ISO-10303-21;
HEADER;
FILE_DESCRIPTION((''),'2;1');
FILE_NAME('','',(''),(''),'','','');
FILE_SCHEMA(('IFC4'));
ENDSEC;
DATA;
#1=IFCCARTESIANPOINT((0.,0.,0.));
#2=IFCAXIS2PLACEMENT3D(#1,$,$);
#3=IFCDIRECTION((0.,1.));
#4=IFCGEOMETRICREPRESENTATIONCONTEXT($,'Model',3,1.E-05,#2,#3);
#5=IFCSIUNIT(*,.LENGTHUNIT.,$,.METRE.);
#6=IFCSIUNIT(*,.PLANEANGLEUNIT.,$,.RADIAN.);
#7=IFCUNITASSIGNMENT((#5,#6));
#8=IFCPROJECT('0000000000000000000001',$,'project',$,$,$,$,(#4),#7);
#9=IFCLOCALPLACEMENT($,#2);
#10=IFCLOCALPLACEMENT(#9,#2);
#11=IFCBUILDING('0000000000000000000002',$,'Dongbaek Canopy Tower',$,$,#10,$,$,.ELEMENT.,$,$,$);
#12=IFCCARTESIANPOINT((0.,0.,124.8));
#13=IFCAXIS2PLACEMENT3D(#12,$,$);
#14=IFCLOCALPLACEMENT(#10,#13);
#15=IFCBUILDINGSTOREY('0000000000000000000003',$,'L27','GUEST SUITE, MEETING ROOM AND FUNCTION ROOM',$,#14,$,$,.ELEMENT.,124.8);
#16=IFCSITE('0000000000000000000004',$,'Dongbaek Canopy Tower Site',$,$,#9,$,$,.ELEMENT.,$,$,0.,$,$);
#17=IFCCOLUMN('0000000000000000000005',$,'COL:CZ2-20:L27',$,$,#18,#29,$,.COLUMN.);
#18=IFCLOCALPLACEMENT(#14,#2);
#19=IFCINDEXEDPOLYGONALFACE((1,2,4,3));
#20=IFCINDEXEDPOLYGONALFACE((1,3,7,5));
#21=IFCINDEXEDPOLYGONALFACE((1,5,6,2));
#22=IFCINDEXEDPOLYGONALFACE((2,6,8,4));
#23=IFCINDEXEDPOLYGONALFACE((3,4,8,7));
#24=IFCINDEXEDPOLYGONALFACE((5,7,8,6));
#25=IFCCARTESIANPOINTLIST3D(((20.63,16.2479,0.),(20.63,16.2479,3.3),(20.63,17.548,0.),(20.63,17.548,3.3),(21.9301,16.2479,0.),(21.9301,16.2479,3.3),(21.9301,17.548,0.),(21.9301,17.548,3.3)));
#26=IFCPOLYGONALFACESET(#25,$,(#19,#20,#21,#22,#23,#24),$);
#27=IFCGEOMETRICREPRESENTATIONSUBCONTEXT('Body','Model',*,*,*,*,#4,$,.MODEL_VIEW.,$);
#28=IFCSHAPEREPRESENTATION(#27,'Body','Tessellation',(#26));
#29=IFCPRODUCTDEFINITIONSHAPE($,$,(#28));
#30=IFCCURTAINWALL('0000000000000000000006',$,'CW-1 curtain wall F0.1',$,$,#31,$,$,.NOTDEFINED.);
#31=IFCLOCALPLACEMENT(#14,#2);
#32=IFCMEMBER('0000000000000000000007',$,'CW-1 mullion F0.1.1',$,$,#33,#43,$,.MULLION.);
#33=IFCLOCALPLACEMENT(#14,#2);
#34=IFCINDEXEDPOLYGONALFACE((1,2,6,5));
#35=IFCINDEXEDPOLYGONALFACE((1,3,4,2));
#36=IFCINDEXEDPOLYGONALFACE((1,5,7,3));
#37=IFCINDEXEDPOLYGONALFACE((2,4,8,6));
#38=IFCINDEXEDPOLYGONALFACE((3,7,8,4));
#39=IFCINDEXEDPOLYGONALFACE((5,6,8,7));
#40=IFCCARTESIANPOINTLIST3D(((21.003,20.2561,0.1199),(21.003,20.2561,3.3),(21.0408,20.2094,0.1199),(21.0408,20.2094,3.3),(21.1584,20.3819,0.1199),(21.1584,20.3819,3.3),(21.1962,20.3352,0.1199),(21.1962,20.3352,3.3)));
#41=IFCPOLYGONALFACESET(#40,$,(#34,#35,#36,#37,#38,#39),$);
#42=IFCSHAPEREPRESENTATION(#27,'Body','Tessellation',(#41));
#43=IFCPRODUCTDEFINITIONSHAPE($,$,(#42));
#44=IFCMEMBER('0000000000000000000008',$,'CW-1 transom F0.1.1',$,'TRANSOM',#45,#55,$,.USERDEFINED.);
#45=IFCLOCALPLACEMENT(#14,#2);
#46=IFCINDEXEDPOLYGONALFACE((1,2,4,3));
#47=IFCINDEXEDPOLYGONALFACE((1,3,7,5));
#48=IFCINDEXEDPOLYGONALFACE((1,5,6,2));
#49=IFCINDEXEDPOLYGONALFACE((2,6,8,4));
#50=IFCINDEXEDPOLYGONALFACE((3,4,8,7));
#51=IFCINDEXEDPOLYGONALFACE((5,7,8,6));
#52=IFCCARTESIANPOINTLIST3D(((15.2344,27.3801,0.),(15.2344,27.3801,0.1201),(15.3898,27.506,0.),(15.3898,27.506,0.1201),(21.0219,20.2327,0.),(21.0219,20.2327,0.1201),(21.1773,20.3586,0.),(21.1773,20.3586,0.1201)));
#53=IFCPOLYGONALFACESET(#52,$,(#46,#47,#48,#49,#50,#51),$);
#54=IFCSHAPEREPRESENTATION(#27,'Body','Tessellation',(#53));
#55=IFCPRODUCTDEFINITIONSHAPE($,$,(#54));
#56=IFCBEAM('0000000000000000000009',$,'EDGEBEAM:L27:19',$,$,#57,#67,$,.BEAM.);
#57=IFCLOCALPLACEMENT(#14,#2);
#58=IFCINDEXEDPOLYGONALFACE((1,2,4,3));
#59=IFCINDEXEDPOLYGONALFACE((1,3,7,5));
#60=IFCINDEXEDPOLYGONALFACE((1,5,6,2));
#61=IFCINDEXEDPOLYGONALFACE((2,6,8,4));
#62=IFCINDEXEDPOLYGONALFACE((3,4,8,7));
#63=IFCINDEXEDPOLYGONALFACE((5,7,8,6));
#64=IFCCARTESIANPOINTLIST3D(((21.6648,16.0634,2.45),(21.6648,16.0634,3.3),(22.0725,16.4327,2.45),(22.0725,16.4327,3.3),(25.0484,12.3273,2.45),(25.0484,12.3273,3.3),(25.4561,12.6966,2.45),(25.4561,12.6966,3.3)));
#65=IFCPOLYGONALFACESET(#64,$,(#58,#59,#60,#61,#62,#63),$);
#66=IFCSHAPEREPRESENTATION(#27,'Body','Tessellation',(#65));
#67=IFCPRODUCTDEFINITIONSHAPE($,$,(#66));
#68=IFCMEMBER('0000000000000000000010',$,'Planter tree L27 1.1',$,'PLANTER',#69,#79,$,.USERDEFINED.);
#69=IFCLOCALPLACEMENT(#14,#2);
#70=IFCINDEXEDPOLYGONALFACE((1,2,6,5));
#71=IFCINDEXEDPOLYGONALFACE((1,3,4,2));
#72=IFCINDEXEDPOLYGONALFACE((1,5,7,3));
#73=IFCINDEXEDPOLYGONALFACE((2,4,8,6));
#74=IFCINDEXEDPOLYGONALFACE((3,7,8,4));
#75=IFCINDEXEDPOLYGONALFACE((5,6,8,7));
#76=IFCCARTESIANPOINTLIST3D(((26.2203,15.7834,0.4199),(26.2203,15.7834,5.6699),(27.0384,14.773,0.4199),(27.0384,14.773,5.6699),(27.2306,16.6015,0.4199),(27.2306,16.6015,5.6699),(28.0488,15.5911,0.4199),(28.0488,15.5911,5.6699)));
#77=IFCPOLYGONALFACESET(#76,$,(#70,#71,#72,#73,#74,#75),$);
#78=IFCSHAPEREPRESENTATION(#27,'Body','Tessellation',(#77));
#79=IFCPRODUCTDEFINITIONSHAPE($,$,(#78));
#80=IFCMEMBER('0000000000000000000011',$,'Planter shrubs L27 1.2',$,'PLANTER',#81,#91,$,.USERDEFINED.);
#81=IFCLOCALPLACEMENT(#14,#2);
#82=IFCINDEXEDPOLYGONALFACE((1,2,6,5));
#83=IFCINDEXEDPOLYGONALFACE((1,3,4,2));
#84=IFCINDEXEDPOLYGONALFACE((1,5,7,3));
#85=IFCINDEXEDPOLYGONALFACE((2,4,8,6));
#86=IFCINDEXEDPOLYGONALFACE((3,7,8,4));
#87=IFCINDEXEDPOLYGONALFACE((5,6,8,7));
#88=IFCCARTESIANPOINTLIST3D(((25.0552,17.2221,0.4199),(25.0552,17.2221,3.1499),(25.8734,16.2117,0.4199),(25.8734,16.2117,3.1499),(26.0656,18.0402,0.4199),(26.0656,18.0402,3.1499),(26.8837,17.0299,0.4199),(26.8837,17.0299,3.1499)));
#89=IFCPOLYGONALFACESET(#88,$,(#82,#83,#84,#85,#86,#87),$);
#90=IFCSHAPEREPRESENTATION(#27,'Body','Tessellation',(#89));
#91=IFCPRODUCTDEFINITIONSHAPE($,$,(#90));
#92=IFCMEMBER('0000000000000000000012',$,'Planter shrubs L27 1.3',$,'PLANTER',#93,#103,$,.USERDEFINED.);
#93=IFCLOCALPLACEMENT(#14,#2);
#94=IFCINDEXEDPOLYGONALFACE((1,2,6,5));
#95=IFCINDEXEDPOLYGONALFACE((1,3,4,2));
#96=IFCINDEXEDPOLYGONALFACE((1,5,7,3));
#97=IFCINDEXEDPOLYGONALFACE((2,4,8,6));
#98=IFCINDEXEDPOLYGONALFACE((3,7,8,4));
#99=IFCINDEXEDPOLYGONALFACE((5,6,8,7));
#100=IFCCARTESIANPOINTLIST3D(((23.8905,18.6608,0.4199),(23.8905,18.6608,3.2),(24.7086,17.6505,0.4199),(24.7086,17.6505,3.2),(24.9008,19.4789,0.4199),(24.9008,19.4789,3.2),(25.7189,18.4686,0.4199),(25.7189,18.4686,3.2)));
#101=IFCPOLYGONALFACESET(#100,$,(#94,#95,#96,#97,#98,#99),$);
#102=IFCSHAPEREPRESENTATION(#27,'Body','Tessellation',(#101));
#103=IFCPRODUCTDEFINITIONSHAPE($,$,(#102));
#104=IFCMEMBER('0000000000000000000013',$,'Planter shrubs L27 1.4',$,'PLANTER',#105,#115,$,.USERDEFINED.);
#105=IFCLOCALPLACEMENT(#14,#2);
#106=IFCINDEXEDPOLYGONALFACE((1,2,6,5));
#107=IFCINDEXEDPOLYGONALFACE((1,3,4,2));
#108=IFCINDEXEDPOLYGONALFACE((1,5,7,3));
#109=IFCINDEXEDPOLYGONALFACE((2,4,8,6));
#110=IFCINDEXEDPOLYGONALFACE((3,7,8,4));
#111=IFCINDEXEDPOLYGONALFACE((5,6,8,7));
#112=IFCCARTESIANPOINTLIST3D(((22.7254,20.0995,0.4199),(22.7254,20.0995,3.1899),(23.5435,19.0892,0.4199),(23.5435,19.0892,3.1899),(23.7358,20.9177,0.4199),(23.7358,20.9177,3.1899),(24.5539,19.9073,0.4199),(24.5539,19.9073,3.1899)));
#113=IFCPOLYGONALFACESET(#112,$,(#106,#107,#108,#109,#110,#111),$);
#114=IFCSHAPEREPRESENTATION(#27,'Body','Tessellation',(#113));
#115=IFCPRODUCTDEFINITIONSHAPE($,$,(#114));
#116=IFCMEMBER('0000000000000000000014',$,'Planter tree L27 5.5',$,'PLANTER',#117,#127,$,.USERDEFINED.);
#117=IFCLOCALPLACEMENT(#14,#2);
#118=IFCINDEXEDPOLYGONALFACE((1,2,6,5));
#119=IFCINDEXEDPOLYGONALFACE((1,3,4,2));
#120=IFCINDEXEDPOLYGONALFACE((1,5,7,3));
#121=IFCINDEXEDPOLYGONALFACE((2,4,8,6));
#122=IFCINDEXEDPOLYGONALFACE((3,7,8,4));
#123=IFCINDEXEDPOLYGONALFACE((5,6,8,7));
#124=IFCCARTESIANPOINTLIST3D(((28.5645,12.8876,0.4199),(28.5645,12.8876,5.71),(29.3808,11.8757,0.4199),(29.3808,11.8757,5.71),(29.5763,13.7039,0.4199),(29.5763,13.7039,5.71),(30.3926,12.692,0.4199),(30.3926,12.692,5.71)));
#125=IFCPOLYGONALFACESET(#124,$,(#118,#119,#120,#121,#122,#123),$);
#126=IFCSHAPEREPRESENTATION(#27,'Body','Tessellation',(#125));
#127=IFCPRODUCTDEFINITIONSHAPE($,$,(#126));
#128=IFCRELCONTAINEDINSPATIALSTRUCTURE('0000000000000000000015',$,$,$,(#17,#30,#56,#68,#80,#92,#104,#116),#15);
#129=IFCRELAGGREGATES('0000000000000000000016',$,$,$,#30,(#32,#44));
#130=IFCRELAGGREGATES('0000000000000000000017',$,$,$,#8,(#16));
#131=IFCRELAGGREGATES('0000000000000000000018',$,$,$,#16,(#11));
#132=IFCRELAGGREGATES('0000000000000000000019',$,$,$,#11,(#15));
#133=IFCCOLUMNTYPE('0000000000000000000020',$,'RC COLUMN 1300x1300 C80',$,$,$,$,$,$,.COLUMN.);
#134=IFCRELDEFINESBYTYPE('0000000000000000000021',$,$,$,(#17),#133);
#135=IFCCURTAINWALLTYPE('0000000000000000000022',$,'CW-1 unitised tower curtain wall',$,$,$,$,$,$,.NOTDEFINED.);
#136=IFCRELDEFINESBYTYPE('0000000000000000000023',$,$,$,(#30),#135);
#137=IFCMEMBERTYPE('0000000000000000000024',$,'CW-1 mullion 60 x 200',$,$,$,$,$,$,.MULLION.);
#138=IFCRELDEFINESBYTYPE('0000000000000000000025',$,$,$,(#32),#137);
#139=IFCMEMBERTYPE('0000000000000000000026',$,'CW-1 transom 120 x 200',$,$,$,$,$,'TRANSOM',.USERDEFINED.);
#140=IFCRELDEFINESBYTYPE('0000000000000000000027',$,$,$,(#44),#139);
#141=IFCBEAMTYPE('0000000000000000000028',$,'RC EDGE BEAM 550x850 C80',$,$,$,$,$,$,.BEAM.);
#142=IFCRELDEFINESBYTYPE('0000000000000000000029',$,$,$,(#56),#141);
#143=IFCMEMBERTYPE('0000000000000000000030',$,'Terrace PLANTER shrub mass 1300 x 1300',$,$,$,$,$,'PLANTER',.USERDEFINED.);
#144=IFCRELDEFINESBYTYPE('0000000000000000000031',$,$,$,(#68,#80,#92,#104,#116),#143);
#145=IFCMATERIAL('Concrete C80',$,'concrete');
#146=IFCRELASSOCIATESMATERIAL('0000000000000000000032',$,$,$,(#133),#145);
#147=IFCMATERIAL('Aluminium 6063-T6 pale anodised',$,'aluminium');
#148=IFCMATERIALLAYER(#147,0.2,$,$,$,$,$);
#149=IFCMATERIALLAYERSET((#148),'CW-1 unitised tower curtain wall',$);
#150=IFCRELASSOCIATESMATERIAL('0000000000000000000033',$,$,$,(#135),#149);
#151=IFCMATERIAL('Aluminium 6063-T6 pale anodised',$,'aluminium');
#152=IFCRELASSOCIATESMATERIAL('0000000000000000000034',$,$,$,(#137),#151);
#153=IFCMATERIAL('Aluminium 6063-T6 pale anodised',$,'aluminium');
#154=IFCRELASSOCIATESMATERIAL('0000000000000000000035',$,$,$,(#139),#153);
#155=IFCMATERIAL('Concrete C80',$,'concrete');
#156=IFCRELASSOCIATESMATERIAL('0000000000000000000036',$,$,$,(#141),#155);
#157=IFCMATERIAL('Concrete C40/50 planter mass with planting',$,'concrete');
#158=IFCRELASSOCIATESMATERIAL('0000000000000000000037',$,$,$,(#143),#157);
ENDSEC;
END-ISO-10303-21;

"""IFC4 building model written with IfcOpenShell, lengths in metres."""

from ifc_helpers import new_model, si_unit, direction, frame, origin, origin_2d, place, context, subcontext, project, spatial, rectangle, extrude, material, layer, layer_set, material_profile, profile_set, type_object, element, aggregate, save


model = new_model("IFC4")

# Units and contexts
model_context = context("Model", 3, precision=1e-05, world=origin(), true_north=direction((0.0, 1.0)))
body_context = subcontext(model_context, "Body", "Model", "MODEL_VIEW")
ifc_project = project(units=[si_unit("LENGTHUNIT", "METRE"), si_unit("PLANEANGLEUNIT", "RADIAN")], contexts=[model_context])

# Site, building, storey
site_placement = place(None, origin())
site = spatial("IfcSite", under=ifc_project, at=site_placement, Name="Dongbaek Canopy Tower Site", CompositionType="ELEMENT", RefElevation=0.0)
building_placement = place(site_placement, origin())
building = spatial("IfcBuilding", under=site, at=building_placement, Name="Dongbaek Canopy Tower", CompositionType="ELEMENT")
storey_placement = place(building_placement, frame((0.0, 0.0, 124.8)))
storey = spatial("IfcBuildingStorey", under=building, at=storey_placement, Name="L27", Description="GUEST SUITE, MEETING ROOM AND FUNCTION ROOM", CompositionType="ELEMENT", Elevation=124.8)

# Column
ifc_material_1 = material(Name="Concrete C80", Category="concrete")
ifc_material_profile_1 = material_profile(ifc_material_1, rectangle(XDim=1.3, YDim=1.3, at=origin_2d()), Name="RC COLUMN 1300x1300 C80")
ifc_profile_set_1 = profile_set([ifc_material_profile_1], Name="Concrete C80")
column_type = type_object("IfcColumnType", Name="RC COLUMN 1300x1300 C80", PredefinedType="COLUMN", material=ifc_profile_set_1)
column_placement = place(storey_placement, frame((21.28, 16.8979, 0.0), z_axis=(0.0, 0.0, 1.0), x_axis=(1.0, 0.0, 0.0)))
element("IfcColumn", 1, at=column_placement, inside=storey, type_object=column_type, Name="COL:CZ2-20:L27", PredefinedType="COLUMN", context=body_context, shape_type="SweptSolid", body=[
    extrude(rectangle(XDim=1.3, YDim=1.3, at=origin_2d()), origin(), (0.0, 0.0, 1.0), 3.3),
])

# Curtain wall, members
ifc_material_2 = material(Name="Aluminium 6063-T6 pale anodised", Category="aluminium")
ifc_layer_1 = layer(ifc_material_2, 0.2)
ifc_layer_set_1 = layer_set([ifc_layer_1], Name="CW-1 unitised tower curtain wall")
curtain_wall_type = type_object("IfcCurtainWallType", Name="CW-1 unitised tower curtain wall", PredefinedType="NOTDEFINED", material=ifc_layer_set_1)
curtain_wall_placement = place(storey_placement, origin())
curtain_wall = element("IfcCurtainWall", 2, at=curtain_wall_placement, inside=storey, type_object=curtain_wall_type, Name="CW-1 curtain wall F0.1", PredefinedType="NOTDEFINED")
ifc_material_3 = material(Name="Aluminium 6063-T6 pale anodised", Category="aluminium")
ifc_material_profile_2 = material_profile(ifc_material_3, rectangle(XDim=0.2, YDim=0.0601, at=origin_2d()), Name="CW-1 mullion 60 x 200")
ifc_profile_set_2 = profile_set([ifc_material_profile_2], Name="Aluminium 6063-T6 pale anodised")
member_type_1 = type_object("IfcMemberType", Name="CW-1 mullion 60 x 200", PredefinedType="MULLION", material=ifc_profile_set_2)
member_1_placement = place(storey_placement, frame((21.0996, 20.2957, 0.1199), z_axis=(0.0, 0.0, 1.0), x_axis=(0.777161, 0.629302, 0.0)))
member_1 = element("IfcMember", 3, at=member_1_placement, type_object=member_type_1, Name="CW-1 mullion F0.1.1", PredefinedType="MULLION", context=body_context, shape_type="SweptSolid", body=[
    extrude(rectangle(XDim=0.2, YDim=0.0601, at=origin_2d()), origin(), (0.0, 0.0, 1.0), 3.1802),
])
ifc_material_4 = material(Name="Aluminium 6063-T6 pale anodised", Category="aluminium")
ifc_material_profile_3 = material_profile(ifc_material_4, rectangle(XDim=0.2, YDim=0.1201, at=origin_2d()), Name="CW-1 transom 120 x 200")
ifc_profile_set_3 = profile_set([ifc_material_profile_3], Name="Aluminium 6063-T6 pale anodised")
member_type_2 = type_object("IfcMemberType", Name="CW-1 transom 120 x 200", ElementType="TRANSOM", PredefinedType="USERDEFINED", material=ifc_profile_set_3)
member_2_placement = place(storey_placement, frame((21.0996, 20.2957, 0.0601), z_axis=(-0.629301, 0.777162, 0.0), x_axis=(-0.777162, -0.629301, 0.0)))
member_2 = element("IfcMember", 4, at=member_2_placement, type_object=member_type_2, Name="CW-1 transom F0.1.1", ObjectType="TRANSOM", PredefinedType="USERDEFINED", context=body_context, shape_type="SweptSolid", body=[
    extrude(rectangle(XDim=0.2, YDim=0.1201, at=origin_2d()), origin(), (0.0, 0.0, 1.0), 9.1968),
])
aggregate(curtain_wall, [member_1, member_2])

# Beam
ifc_material_5 = material(Name="Concrete C80", Category="concrete")
ifc_material_profile_4 = material_profile(ifc_material_5, rectangle(XDim=0.55, YDim=0.8501, at=origin_2d()), Name="RC EDGE BEAM 550x850 C80")
ifc_profile_set_4 = profile_set([ifc_material_profile_4], Name="Concrete C80")
beam_type = type_object("IfcBeamType", Name="RC EDGE BEAM 550x850 C80", PredefinedType="BEAM", material=ifc_profile_set_4)
beam_placement = place(storey_placement, frame((21.8687, 16.248, 2.875), z_axis=(0.671271, -0.741212, 0.0), x_axis=(0.741212, 0.671271, 0.0)))
element("IfcBeam", 5, at=beam_placement, inside=storey, type_object=beam_type, Name="EDGEBEAM:L27:19", PredefinedType="BEAM", context=body_context, shape_type="SweptSolid", body=[
    extrude(rectangle(XDim=0.55, YDim=0.8501, at=origin_2d()), origin(), (0.0, 0.0, 1.0), 5.0405),
])

# Members
ifc_material_6 = material(Name="Concrete C40/50 planter mass with planting", Category="concrete")
ifc_material_profile_5 = material_profile(ifc_material_6, rectangle(XDim=1.3, YDim=1.3, at=origin_2d()), Name="Terrace PLANTER shrub mass 1300 x 1300")
ifc_profile_set_5 = profile_set([ifc_material_profile_5], Name="Concrete C40/50 planter mass with planting")
member_type_3 = type_object("IfcMemberType", Name="Terrace PLANTER shrub mass 1300 x 1300", ElementType="PLANTER", PredefinedType="USERDEFINED", material=ifc_profile_set_5)
member_3_placement = place(storey_placement, frame((27.1345, 15.6873, 0.4199), z_axis=(0.0, 0.0, 1.0), x_axis=(0.777161, 0.629302, 0.0)))
element("IfcMember", 6, at=member_3_placement, inside=storey, type_object=member_type_3, Name="Planter tree L27 1.1", ObjectType="PLANTER", PredefinedType="USERDEFINED", context=body_context, shape_type="SweptSolid", body=[
    extrude(rectangle(XDim=1.3, YDim=1.3, at=origin_2d()), origin(), (0.0, 0.0, 1.0), 5.25),
])
member_4_placement = place(storey_placement, frame((25.9695, 17.126, 0.4199), z_axis=(0.0, 0.0, 1.0), x_axis=(0.777161, 0.629302, 0.0)))
element("IfcMember", 7, at=member_4_placement, inside=storey, type_object=member_type_3, Name="Planter shrubs L27 1.2", ObjectType="PLANTER", PredefinedType="USERDEFINED", context=body_context, shape_type="SweptSolid", body=[
    extrude(rectangle(XDim=1.3, YDim=1.3, at=origin_2d()), origin(), (0.0, 0.0, 1.0), 2.73),
])
member_5_placement = place(storey_placement, frame((24.8047, 18.5647, 0.4199), z_axis=(0.0, 0.0, 1.0), x_axis=(0.777161, 0.629302, 0.0)))
element("IfcMember", 8, at=member_5_placement, inside=storey, type_object=member_type_3, Name="Planter shrubs L27 1.3", ObjectType="PLANTER", PredefinedType="USERDEFINED", context=body_context, shape_type="SweptSolid", body=[
    extrude(rectangle(XDim=1.3, YDim=1.3, at=origin_2d()), origin(), (0.0, 0.0, 1.0), 2.78),
])
member_6_placement = place(storey_placement, frame((23.6396, 20.0034, 0.4199), z_axis=(0.0, 0.0, 1.0), x_axis=(0.777161, 0.629302, 0.0)))
element("IfcMember", 9, at=member_6_placement, inside=storey, type_object=member_type_3, Name="Planter shrubs L27 1.4", ObjectType="PLANTER", PredefinedType="USERDEFINED", context=body_context, shape_type="SweptSolid", body=[
    extrude(rectangle(XDim=1.3, YDim=1.3, at=origin_2d()), origin(), (0.0, 0.0, 1.0), 2.77),
])
member_7_placement = place(storey_placement, frame((29.4785, 12.7898, 0.4199), z_axis=(0.0, 0.0, 1.0), x_axis=(0.778293, 0.627901, 0.0)))
element("IfcMember", 10, at=member_7_placement, inside=storey, type_object=member_type_3, Name="Planter tree L27 5.5", ObjectType="PLANTER", PredefinedType="USERDEFINED", context=body_context, shape_type="SweptSolid", body=[
    extrude(rectangle(XDim=1.3, YDim=1.3, at=origin_2d()), origin(), (0.0, 0.0, 1.0), 5.29),
])

save(model, "model.ifc")
